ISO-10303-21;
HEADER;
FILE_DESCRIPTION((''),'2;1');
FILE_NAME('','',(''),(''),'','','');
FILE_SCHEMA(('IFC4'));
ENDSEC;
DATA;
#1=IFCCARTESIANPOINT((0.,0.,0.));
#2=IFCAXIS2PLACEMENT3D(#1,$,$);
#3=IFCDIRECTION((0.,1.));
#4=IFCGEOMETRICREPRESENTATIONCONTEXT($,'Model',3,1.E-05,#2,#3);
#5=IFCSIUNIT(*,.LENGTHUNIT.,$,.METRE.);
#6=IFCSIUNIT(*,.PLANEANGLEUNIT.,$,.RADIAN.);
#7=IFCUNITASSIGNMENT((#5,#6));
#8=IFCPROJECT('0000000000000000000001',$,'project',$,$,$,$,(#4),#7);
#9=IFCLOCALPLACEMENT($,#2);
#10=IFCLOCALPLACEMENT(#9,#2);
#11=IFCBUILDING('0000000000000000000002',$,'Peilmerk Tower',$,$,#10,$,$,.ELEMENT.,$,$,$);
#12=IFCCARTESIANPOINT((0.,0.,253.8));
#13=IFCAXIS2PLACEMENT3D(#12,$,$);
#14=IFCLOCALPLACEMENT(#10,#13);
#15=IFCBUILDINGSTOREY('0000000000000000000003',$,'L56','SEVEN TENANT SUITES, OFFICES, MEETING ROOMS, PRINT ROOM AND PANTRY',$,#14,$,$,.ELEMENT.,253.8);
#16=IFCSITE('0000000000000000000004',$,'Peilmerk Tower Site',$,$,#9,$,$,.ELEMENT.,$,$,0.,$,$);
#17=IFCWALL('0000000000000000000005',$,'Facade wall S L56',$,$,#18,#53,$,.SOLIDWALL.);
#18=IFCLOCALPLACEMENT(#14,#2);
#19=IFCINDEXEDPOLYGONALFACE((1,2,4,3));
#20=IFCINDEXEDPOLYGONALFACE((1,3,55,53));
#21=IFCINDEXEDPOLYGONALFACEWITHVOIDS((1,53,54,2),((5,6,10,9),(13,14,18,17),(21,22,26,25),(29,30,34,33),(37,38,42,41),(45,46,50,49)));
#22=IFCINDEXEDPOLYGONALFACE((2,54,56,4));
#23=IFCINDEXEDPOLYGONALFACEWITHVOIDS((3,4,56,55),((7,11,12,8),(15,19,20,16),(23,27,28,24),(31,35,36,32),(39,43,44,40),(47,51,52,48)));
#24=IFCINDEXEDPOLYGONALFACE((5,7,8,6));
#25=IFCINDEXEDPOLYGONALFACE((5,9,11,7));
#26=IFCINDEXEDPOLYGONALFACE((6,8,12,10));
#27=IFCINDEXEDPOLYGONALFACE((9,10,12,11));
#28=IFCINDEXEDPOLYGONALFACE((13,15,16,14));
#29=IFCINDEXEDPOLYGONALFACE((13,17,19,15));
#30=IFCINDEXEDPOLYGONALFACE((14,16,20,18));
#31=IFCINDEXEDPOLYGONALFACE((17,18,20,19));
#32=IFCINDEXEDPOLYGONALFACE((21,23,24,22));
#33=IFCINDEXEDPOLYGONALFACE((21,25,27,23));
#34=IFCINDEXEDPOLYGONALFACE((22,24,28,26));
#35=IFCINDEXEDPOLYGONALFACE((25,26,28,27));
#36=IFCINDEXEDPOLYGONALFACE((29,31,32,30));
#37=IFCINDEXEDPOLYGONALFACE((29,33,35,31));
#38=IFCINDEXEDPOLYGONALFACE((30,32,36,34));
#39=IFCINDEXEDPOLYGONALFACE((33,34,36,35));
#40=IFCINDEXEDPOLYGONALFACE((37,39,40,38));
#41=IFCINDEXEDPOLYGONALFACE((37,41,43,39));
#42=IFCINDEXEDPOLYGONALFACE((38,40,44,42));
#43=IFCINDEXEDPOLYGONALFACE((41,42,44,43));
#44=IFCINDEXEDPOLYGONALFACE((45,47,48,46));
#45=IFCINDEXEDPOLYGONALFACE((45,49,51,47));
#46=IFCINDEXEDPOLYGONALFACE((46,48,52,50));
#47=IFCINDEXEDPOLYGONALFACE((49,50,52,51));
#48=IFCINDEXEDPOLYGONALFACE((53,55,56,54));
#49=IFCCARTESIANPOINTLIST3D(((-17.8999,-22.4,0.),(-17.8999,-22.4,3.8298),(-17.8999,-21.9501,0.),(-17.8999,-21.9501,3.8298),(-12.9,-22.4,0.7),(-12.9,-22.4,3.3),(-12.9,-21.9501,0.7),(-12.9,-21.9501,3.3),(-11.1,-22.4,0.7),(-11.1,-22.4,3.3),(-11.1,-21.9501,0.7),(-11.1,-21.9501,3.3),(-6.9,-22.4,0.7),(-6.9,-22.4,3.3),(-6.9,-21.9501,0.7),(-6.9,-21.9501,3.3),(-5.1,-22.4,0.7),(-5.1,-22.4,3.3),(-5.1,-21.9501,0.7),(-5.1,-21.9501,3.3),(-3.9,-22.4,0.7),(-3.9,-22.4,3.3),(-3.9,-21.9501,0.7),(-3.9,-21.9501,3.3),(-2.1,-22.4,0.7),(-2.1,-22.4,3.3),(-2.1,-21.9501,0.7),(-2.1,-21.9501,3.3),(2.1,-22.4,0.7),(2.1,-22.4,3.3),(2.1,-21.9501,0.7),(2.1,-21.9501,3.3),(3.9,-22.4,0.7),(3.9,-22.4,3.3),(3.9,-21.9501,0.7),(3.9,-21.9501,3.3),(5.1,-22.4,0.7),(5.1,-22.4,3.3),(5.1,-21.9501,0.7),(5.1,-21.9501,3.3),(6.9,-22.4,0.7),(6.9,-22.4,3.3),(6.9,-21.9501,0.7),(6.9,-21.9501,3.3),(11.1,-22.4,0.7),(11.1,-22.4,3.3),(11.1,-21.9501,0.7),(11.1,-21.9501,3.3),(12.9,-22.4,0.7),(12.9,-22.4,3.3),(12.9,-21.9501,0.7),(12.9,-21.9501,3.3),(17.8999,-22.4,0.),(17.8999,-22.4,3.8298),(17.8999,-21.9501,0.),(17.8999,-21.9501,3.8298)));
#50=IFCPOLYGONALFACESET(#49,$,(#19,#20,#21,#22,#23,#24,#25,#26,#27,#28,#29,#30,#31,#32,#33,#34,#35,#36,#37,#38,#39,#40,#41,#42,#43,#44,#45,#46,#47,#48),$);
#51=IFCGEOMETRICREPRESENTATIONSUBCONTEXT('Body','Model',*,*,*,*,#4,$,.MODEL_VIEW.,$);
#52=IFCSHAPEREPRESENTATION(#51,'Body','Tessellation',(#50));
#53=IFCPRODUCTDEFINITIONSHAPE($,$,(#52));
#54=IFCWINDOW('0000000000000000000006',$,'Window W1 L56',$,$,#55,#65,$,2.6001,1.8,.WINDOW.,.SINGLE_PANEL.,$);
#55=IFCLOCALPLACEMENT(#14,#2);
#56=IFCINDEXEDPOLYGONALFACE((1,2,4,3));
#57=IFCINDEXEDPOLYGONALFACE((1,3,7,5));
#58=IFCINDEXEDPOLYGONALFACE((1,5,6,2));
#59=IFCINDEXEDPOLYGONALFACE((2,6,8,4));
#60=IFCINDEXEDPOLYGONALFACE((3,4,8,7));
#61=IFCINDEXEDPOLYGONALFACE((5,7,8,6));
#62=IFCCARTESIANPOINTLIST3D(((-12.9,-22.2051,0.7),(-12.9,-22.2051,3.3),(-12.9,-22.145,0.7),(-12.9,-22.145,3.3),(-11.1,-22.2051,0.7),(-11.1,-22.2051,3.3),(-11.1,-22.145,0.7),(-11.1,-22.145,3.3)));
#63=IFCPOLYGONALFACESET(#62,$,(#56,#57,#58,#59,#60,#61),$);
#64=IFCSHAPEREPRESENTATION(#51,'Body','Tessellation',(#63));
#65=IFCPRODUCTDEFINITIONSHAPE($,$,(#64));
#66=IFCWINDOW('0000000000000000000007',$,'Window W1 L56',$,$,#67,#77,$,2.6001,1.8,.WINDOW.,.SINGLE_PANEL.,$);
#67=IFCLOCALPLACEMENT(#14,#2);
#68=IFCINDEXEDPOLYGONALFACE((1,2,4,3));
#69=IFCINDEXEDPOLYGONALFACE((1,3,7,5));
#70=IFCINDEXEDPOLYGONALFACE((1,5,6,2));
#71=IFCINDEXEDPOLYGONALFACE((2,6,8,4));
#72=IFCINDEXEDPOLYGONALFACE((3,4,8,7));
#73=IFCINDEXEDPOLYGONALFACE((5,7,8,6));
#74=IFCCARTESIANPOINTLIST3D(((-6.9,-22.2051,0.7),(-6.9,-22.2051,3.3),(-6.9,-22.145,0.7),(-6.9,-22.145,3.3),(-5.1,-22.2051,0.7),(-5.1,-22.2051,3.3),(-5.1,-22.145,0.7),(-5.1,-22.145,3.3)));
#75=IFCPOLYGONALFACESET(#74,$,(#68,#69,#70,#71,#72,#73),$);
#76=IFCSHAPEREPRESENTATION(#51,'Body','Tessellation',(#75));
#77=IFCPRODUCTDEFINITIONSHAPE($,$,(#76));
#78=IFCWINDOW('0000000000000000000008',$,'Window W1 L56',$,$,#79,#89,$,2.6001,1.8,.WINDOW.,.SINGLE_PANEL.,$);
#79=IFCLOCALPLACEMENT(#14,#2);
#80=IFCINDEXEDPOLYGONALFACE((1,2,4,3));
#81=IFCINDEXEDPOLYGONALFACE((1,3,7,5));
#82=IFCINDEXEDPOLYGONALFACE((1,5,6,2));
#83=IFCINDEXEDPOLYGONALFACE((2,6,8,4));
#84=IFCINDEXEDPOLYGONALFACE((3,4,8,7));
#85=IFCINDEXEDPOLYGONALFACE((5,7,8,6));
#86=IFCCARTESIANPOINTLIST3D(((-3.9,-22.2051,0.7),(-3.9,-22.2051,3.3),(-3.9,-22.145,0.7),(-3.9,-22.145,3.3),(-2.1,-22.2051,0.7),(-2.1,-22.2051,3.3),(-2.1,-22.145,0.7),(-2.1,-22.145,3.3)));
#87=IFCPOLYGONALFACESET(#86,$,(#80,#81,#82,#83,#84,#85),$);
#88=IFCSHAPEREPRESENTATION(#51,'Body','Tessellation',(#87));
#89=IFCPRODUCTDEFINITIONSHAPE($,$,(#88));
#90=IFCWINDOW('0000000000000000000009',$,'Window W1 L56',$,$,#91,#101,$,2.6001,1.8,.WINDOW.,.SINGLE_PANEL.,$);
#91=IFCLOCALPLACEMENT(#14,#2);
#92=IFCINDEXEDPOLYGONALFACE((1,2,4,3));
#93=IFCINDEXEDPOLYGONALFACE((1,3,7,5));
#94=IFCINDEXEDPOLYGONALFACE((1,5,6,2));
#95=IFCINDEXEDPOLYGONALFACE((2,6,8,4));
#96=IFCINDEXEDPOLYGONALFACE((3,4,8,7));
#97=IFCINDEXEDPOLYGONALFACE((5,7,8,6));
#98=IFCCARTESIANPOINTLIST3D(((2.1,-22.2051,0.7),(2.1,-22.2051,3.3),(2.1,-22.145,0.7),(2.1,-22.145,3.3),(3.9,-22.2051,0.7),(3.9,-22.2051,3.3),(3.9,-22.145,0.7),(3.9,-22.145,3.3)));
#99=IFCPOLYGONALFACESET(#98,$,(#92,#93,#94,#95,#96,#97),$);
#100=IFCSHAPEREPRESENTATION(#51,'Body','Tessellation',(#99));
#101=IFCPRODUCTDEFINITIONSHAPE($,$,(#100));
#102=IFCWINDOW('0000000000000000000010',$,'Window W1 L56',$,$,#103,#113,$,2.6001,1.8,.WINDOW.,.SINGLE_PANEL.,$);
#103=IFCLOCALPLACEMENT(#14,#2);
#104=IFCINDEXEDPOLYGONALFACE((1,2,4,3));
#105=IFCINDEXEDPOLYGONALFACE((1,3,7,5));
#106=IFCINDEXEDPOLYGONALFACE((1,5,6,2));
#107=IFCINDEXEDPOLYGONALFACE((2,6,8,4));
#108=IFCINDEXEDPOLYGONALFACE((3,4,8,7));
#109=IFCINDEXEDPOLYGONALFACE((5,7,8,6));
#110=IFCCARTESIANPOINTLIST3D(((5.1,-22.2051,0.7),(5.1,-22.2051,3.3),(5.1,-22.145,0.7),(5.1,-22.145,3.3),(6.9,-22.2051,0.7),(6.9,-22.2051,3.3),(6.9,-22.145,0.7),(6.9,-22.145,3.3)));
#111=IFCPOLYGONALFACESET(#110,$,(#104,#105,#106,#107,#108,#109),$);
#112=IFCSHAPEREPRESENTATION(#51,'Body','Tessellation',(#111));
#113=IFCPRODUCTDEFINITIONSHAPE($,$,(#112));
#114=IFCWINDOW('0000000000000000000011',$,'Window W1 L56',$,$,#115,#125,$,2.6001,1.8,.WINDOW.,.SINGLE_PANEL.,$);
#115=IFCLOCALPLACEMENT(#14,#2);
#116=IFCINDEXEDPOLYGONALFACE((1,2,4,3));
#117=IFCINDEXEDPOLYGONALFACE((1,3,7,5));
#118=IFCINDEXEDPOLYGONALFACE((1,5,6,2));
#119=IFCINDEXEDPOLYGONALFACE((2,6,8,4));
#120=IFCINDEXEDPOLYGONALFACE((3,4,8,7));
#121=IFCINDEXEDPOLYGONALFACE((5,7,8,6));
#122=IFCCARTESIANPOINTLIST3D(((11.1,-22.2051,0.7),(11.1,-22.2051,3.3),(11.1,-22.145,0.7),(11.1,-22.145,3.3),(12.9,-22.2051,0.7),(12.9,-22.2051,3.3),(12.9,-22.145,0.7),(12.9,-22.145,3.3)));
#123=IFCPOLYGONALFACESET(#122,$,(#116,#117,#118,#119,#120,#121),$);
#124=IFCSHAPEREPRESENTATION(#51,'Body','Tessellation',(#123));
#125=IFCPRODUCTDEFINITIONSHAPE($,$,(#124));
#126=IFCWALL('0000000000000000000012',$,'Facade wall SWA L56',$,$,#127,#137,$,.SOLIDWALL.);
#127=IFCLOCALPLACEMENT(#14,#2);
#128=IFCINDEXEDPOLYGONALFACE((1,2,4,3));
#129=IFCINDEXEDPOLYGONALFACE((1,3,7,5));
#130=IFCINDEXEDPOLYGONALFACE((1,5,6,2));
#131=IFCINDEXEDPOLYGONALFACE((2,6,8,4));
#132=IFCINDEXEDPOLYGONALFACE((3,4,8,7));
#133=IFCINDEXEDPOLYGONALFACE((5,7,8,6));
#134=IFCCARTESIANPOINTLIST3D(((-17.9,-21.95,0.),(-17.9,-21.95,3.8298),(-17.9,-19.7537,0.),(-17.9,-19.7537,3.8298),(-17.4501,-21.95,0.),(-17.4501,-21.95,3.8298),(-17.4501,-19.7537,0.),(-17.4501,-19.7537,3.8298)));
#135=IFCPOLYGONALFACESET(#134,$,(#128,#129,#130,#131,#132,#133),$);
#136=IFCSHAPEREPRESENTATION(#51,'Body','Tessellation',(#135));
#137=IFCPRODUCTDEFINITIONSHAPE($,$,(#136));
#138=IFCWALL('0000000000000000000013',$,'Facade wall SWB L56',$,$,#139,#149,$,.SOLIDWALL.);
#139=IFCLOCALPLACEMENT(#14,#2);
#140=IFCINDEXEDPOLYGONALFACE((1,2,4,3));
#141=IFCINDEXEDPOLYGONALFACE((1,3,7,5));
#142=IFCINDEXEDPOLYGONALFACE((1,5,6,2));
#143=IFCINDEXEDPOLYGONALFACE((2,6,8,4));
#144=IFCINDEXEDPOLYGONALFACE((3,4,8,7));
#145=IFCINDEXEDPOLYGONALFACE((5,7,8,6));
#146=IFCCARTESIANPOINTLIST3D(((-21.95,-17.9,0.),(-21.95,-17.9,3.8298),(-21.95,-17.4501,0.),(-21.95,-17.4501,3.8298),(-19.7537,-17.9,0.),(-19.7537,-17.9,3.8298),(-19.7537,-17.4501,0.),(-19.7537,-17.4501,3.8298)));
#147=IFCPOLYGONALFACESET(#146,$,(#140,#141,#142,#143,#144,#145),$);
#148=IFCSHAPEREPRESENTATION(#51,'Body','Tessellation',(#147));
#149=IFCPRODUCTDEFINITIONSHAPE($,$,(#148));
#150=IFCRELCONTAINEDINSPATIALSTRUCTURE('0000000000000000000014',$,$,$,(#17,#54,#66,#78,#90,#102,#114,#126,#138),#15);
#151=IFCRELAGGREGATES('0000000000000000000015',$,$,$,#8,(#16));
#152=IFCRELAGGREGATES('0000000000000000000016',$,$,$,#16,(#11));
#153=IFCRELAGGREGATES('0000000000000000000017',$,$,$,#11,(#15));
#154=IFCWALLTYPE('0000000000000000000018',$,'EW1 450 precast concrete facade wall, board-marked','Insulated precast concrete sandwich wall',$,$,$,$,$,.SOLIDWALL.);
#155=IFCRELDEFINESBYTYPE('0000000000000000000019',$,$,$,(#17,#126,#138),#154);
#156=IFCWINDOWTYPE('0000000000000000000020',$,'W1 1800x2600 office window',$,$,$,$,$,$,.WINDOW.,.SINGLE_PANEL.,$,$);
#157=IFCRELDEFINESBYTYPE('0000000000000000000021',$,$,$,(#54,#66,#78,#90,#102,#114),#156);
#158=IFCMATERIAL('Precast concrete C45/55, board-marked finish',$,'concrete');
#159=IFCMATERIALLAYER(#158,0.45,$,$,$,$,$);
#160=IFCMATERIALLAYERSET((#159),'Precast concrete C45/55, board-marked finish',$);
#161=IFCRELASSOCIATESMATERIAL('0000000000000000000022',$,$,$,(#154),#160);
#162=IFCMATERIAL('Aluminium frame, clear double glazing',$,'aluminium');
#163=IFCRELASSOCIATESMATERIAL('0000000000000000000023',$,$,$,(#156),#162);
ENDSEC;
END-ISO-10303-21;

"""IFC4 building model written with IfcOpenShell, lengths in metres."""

from ifc_helpers import new_model, si_unit, direction, frame, frame_2d, origin, place, context, subcontext, project, spatial, rectangle, extrude, material, layer, layer_set, type_object, element, fill, save


model = new_model("IFC4")

# Units and contexts
model_context = context("Model", 3, precision=1e-05, world=origin(), true_north=direction((0.0, 1.0)))
body_context = subcontext(model_context, "Body", "Model", "MODEL_VIEW")
ifc_project = project(units=[si_unit("LENGTHUNIT", "METRE"), si_unit("PLANEANGLEUNIT", "RADIAN")], contexts=[model_context])

# Site, building, storey
site_placement = place(None, origin())
site = spatial("IfcSite", under=ifc_project, at=site_placement, Name="Peilmerk Tower Site", CompositionType="ELEMENT", RefElevation=0.0)
building_placement = place(site_placement, origin())
building = spatial("IfcBuilding", under=site, at=building_placement, Name="Peilmerk Tower", CompositionType="ELEMENT")
storey_placement = place(building_placement, frame((0.0, 0.0, 253.8)))
storey = spatial("IfcBuildingStorey", under=building, at=storey_placement, Name="L56", Description="SEVEN TENANT SUITES, OFFICES, MEETING ROOMS, PRINT ROOM AND PANTRY", CompositionType="ELEMENT", Elevation=253.8)

# Wall, openings, windows
ifc_material_1 = material(Name="Precast concrete C45/55, board-marked finish", Category="concrete")
ifc_layer_1 = layer(ifc_material_1, 0.45)
ifc_layer_set_1 = layer_set([ifc_layer_1], Name="Precast concrete C45/55, board-marked finish")
wall_type = type_object("IfcWallType", Name="EW1 450 precast concrete facade wall, board-marked", Description="Insulated precast concrete sandwich wall", PredefinedType="SOLIDWALL", material=ifc_layer_set_1)
wall_placement = place(storey_placement, frame((-17.8999, -22.175, 0.0), z_axis=(0.0, 0.0, 1.0), x_axis=(1.0, 0.0, 0.0)))
wall = element("IfcWall", 1, at=wall_placement, inside=storey, type_object=wall_type, Name="Facade wall S L56", PredefinedType="SOLIDWALL", context=body_context, shape_type="SweptSolid", body=[
    extrude(rectangle(XDim=35.7998, YDim=0.45, at=frame_2d((17.8999, 0.0))), origin(), (0.0, 0.0, 1.0), 3.8298),
])
opening_1_placement = place(wall_placement, frame((5.0, 0.0, 0.7)))
opening_1 = element("IfcOpeningElement", 2, at=opening_1_placement, cuts=wall, PredefinedType="OPENING", context=body_context, shape_type="SweptSolid", body=[
    extrude(rectangle(XDim=1.8, YDim=2.6001, at=frame_2d((0.8999, 1.3))), frame((0.0, 0.2349, 0.0), z_axis=(0.0, -1.0, 0.0), x_axis=(1.0, 0.0, 0.0)), (0.0, 0.0, 1.0), 0.47),
])
opening_2_placement = place(wall_placement, frame((11.0, 0.0, 0.7)))
opening_2 = element("IfcOpeningElement", 3, at=opening_2_placement, cuts=wall, PredefinedType="OPENING", context=body_context, shape_type="SweptSolid", body=[
    extrude(rectangle(XDim=1.8, YDim=2.6001, at=frame_2d((0.8999, 1.3))), frame((0.0, 0.2349, 0.0), z_axis=(0.0, -1.0, 0.0), x_axis=(1.0, 0.0, 0.0)), (0.0, 0.0, 1.0), 0.47),
])
opening_3_placement = place(wall_placement, frame((14.0, 0.0, 0.7)))
opening_3 = element("IfcOpeningElement", 4, at=opening_3_placement, cuts=wall, PredefinedType="OPENING", context=body_context, shape_type="SweptSolid", body=[
    extrude(rectangle(XDim=1.8, YDim=2.6001, at=frame_2d((0.8999, 1.3))), frame((0.0, 0.2349, 0.0), z_axis=(0.0, -1.0, 0.0), x_axis=(1.0, 0.0, 0.0)), (0.0, 0.0, 1.0), 0.47),
])
opening_4_placement = place(wall_placement, frame((20.0, 0.0, 0.7)))
opening_4 = element("IfcOpeningElement", 5, at=opening_4_placement, cuts=wall, PredefinedType="OPENING", context=body_context, shape_type="SweptSolid", body=[
    extrude(rectangle(XDim=1.8, YDim=2.6001, at=frame_2d((0.8999, 1.3))), frame((0.0, 0.2349, 0.0), z_axis=(0.0, -1.0, 0.0), x_axis=(1.0, 0.0, 0.0)), (0.0, 0.0, 1.0), 0.47),
])
opening_5_placement = place(wall_placement, frame((23.0, 0.0, 0.7)))
opening_5 = element("IfcOpeningElement", 6, at=opening_5_placement, cuts=wall, PredefinedType="OPENING", context=body_context, shape_type="SweptSolid", body=[
    extrude(rectangle(XDim=1.8, YDim=2.6001, at=frame_2d((0.8999, 1.3))), frame((0.0, 0.2349, 0.0), z_axis=(0.0, -1.0, 0.0), x_axis=(1.0, 0.0, 0.0)), (0.0, 0.0, 1.0), 0.47),
])
opening_6_placement = place(wall_placement, frame((29.0, 0.0, 0.7)))
opening_6 = element("IfcOpeningElement", 7, at=opening_6_placement, cuts=wall, PredefinedType="OPENING", context=body_context, shape_type="SweptSolid", body=[
    extrude(rectangle(XDim=1.8, YDim=2.6001, at=frame_2d((0.8999, 1.3))), frame((0.0, 0.2349, 0.0), z_axis=(0.0, -1.0, 0.0), x_axis=(1.0, 0.0, 0.0)), (0.0, 0.0, 1.0), 0.47),
])
ifc_material_2 = material(Name="Aluminium frame, clear double glazing", Category="aluminium")
window_type = type_object("IfcWindowType", Name="W1 1800x2600 office window", PartitioningType="SINGLE_PANEL", PredefinedType="WINDOW", material=ifc_material_2)
window_1_placement = place(opening_1_placement, origin())
window_1 = element("IfcWindow", 8, at=window_1_placement, inside=storey, type_object=window_type, Name="Window W1 L56", OverallHeight=2.6001, OverallWidth=1.8, PartitioningType="SINGLE_PANEL", PredefinedType="WINDOW", context=body_context, shape_type="SweptSolid", body=[
    extrude(rectangle(XDim=1.8, YDim=2.6001, at=frame_2d((0.8999, 1.3))), frame((0.0, 0.03, 0.0), z_axis=(0.0, -1.0, 0.0), x_axis=(1.0, 0.0, 0.0)), (0.0, 0.0, 1.0), 0.0601),
])
fill(opening_1, window_1)
window_2_placement = place(opening_2_placement, origin())
window_2 = element("IfcWindow", 9, at=window_2_placement, inside=storey, type_object=window_type, Name="Window W1 L56", OverallHeight=2.6001, OverallWidth=1.8, PartitioningType="SINGLE_PANEL", PredefinedType="WINDOW", context=body_context, shape_type="SweptSolid", body=[
    extrude(rectangle(XDim=1.8, YDim=2.6001, at=frame_2d((0.8999, 1.3))), frame((0.0, 0.03, 0.0), z_axis=(0.0, -1.0, 0.0), x_axis=(1.0, 0.0, 0.0)), (0.0, 0.0, 1.0), 0.0601),
])
fill(opening_2, window_2)
window_3_placement = place(opening_3_placement, origin())
window_3 = element("IfcWindow", 10, at=window_3_placement, inside=storey, type_object=window_type, Name="Window W1 L56", OverallHeight=2.6001, OverallWidth=1.8, PartitioningType="SINGLE_PANEL", PredefinedType="WINDOW", context=body_context, shape_type="SweptSolid", body=[
    extrude(rectangle(XDim=1.8, YDim=2.6001, at=frame_2d((0.8999, 1.3))), frame((0.0, 0.03, 0.0), z_axis=(0.0, -1.0, 0.0), x_axis=(1.0, 0.0, 0.0)), (0.0, 0.0, 1.0), 0.0601),
])
fill(opening_3, window_3)
window_4_placement = place(opening_4_placement, origin())
window_4 = element("IfcWindow", 11, at=window_4_placement, inside=storey, type_object=window_type, Name="Window W1 L56", OverallHeight=2.6001, OverallWidth=1.8, PartitioningType="SINGLE_PANEL", PredefinedType="WINDOW", context=body_context, shape_type="SweptSolid", body=[
    extrude(rectangle(XDim=1.8, YDim=2.6001, at=frame_2d((0.8999, 1.3))), frame((0.0, 0.03, 0.0), z_axis=(0.0, -1.0, 0.0), x_axis=(1.0, 0.0, 0.0)), (0.0, 0.0, 1.0), 0.0601),
])
fill(opening_4, window_4)
window_5_placement = place(opening_5_placement, origin())
window_5 = element("IfcWindow", 12, at=window_5_placement, inside=storey, type_object=window_type, Name="Window W1 L56", OverallHeight=2.6001, OverallWidth=1.8, PartitioningType="SINGLE_PANEL", PredefinedType="WINDOW", context=body_context, shape_type="SweptSolid", body=[
    extrude(rectangle(XDim=1.8, YDim=2.6001, at=frame_2d((0.8999, 1.3))), frame((0.0, 0.03, 0.0), z_axis=(0.0, -1.0, 0.0), x_axis=(1.0, 0.0, 0.0)), (0.0, 0.0, 1.0), 0.0601),
])
fill(opening_5, window_5)
window_6_placement = place(opening_6_placement, origin())
window_6 = element("IfcWindow", 13, at=window_6_placement, inside=storey, type_object=window_type, Name="Window W1 L56", OverallHeight=2.6001, OverallWidth=1.8, PartitioningType="SINGLE_PANEL", PredefinedType="WINDOW", context=body_context, shape_type="SweptSolid", body=[
    extrude(rectangle(XDim=1.8, YDim=2.6001, at=frame_2d((0.8999, 1.3))), frame((0.0, 0.03, 0.0), z_axis=(0.0, -1.0, 0.0), x_axis=(1.0, 0.0, 0.0)), (0.0, 0.0, 1.0), 0.0601),
])
fill(opening_6, window_6)

# Walls
for number, where, z_axis, x_axis, name in (
    (14, (-17.675, -19.7537, 0.0), (0.0, 0.0, 1.0), (0.0, -1.0, 0.0), "Facade wall SWA L56"),
    (15, (-19.7537, -17.675, 0.0), (0.0, 0.0, 1.0), (-1.0, 0.0, 0.0), "Facade wall SWB L56"),
):
    element("IfcWall", number, at=place(storey_placement, frame(where, z_axis=z_axis, x_axis=x_axis)), inside=storey, type_object=wall_type, Name=name, PredefinedType="SOLIDWALL", context=body_context, shape_type="SweptSolid", body=[
        extrude(rectangle(XDim=2.1963, YDim=0.45, at=frame_2d((1.0981, 0.0))), origin(), (0.0, 0.0, 1.0), 3.8298),
    ])

save(model, "model.ifc")
